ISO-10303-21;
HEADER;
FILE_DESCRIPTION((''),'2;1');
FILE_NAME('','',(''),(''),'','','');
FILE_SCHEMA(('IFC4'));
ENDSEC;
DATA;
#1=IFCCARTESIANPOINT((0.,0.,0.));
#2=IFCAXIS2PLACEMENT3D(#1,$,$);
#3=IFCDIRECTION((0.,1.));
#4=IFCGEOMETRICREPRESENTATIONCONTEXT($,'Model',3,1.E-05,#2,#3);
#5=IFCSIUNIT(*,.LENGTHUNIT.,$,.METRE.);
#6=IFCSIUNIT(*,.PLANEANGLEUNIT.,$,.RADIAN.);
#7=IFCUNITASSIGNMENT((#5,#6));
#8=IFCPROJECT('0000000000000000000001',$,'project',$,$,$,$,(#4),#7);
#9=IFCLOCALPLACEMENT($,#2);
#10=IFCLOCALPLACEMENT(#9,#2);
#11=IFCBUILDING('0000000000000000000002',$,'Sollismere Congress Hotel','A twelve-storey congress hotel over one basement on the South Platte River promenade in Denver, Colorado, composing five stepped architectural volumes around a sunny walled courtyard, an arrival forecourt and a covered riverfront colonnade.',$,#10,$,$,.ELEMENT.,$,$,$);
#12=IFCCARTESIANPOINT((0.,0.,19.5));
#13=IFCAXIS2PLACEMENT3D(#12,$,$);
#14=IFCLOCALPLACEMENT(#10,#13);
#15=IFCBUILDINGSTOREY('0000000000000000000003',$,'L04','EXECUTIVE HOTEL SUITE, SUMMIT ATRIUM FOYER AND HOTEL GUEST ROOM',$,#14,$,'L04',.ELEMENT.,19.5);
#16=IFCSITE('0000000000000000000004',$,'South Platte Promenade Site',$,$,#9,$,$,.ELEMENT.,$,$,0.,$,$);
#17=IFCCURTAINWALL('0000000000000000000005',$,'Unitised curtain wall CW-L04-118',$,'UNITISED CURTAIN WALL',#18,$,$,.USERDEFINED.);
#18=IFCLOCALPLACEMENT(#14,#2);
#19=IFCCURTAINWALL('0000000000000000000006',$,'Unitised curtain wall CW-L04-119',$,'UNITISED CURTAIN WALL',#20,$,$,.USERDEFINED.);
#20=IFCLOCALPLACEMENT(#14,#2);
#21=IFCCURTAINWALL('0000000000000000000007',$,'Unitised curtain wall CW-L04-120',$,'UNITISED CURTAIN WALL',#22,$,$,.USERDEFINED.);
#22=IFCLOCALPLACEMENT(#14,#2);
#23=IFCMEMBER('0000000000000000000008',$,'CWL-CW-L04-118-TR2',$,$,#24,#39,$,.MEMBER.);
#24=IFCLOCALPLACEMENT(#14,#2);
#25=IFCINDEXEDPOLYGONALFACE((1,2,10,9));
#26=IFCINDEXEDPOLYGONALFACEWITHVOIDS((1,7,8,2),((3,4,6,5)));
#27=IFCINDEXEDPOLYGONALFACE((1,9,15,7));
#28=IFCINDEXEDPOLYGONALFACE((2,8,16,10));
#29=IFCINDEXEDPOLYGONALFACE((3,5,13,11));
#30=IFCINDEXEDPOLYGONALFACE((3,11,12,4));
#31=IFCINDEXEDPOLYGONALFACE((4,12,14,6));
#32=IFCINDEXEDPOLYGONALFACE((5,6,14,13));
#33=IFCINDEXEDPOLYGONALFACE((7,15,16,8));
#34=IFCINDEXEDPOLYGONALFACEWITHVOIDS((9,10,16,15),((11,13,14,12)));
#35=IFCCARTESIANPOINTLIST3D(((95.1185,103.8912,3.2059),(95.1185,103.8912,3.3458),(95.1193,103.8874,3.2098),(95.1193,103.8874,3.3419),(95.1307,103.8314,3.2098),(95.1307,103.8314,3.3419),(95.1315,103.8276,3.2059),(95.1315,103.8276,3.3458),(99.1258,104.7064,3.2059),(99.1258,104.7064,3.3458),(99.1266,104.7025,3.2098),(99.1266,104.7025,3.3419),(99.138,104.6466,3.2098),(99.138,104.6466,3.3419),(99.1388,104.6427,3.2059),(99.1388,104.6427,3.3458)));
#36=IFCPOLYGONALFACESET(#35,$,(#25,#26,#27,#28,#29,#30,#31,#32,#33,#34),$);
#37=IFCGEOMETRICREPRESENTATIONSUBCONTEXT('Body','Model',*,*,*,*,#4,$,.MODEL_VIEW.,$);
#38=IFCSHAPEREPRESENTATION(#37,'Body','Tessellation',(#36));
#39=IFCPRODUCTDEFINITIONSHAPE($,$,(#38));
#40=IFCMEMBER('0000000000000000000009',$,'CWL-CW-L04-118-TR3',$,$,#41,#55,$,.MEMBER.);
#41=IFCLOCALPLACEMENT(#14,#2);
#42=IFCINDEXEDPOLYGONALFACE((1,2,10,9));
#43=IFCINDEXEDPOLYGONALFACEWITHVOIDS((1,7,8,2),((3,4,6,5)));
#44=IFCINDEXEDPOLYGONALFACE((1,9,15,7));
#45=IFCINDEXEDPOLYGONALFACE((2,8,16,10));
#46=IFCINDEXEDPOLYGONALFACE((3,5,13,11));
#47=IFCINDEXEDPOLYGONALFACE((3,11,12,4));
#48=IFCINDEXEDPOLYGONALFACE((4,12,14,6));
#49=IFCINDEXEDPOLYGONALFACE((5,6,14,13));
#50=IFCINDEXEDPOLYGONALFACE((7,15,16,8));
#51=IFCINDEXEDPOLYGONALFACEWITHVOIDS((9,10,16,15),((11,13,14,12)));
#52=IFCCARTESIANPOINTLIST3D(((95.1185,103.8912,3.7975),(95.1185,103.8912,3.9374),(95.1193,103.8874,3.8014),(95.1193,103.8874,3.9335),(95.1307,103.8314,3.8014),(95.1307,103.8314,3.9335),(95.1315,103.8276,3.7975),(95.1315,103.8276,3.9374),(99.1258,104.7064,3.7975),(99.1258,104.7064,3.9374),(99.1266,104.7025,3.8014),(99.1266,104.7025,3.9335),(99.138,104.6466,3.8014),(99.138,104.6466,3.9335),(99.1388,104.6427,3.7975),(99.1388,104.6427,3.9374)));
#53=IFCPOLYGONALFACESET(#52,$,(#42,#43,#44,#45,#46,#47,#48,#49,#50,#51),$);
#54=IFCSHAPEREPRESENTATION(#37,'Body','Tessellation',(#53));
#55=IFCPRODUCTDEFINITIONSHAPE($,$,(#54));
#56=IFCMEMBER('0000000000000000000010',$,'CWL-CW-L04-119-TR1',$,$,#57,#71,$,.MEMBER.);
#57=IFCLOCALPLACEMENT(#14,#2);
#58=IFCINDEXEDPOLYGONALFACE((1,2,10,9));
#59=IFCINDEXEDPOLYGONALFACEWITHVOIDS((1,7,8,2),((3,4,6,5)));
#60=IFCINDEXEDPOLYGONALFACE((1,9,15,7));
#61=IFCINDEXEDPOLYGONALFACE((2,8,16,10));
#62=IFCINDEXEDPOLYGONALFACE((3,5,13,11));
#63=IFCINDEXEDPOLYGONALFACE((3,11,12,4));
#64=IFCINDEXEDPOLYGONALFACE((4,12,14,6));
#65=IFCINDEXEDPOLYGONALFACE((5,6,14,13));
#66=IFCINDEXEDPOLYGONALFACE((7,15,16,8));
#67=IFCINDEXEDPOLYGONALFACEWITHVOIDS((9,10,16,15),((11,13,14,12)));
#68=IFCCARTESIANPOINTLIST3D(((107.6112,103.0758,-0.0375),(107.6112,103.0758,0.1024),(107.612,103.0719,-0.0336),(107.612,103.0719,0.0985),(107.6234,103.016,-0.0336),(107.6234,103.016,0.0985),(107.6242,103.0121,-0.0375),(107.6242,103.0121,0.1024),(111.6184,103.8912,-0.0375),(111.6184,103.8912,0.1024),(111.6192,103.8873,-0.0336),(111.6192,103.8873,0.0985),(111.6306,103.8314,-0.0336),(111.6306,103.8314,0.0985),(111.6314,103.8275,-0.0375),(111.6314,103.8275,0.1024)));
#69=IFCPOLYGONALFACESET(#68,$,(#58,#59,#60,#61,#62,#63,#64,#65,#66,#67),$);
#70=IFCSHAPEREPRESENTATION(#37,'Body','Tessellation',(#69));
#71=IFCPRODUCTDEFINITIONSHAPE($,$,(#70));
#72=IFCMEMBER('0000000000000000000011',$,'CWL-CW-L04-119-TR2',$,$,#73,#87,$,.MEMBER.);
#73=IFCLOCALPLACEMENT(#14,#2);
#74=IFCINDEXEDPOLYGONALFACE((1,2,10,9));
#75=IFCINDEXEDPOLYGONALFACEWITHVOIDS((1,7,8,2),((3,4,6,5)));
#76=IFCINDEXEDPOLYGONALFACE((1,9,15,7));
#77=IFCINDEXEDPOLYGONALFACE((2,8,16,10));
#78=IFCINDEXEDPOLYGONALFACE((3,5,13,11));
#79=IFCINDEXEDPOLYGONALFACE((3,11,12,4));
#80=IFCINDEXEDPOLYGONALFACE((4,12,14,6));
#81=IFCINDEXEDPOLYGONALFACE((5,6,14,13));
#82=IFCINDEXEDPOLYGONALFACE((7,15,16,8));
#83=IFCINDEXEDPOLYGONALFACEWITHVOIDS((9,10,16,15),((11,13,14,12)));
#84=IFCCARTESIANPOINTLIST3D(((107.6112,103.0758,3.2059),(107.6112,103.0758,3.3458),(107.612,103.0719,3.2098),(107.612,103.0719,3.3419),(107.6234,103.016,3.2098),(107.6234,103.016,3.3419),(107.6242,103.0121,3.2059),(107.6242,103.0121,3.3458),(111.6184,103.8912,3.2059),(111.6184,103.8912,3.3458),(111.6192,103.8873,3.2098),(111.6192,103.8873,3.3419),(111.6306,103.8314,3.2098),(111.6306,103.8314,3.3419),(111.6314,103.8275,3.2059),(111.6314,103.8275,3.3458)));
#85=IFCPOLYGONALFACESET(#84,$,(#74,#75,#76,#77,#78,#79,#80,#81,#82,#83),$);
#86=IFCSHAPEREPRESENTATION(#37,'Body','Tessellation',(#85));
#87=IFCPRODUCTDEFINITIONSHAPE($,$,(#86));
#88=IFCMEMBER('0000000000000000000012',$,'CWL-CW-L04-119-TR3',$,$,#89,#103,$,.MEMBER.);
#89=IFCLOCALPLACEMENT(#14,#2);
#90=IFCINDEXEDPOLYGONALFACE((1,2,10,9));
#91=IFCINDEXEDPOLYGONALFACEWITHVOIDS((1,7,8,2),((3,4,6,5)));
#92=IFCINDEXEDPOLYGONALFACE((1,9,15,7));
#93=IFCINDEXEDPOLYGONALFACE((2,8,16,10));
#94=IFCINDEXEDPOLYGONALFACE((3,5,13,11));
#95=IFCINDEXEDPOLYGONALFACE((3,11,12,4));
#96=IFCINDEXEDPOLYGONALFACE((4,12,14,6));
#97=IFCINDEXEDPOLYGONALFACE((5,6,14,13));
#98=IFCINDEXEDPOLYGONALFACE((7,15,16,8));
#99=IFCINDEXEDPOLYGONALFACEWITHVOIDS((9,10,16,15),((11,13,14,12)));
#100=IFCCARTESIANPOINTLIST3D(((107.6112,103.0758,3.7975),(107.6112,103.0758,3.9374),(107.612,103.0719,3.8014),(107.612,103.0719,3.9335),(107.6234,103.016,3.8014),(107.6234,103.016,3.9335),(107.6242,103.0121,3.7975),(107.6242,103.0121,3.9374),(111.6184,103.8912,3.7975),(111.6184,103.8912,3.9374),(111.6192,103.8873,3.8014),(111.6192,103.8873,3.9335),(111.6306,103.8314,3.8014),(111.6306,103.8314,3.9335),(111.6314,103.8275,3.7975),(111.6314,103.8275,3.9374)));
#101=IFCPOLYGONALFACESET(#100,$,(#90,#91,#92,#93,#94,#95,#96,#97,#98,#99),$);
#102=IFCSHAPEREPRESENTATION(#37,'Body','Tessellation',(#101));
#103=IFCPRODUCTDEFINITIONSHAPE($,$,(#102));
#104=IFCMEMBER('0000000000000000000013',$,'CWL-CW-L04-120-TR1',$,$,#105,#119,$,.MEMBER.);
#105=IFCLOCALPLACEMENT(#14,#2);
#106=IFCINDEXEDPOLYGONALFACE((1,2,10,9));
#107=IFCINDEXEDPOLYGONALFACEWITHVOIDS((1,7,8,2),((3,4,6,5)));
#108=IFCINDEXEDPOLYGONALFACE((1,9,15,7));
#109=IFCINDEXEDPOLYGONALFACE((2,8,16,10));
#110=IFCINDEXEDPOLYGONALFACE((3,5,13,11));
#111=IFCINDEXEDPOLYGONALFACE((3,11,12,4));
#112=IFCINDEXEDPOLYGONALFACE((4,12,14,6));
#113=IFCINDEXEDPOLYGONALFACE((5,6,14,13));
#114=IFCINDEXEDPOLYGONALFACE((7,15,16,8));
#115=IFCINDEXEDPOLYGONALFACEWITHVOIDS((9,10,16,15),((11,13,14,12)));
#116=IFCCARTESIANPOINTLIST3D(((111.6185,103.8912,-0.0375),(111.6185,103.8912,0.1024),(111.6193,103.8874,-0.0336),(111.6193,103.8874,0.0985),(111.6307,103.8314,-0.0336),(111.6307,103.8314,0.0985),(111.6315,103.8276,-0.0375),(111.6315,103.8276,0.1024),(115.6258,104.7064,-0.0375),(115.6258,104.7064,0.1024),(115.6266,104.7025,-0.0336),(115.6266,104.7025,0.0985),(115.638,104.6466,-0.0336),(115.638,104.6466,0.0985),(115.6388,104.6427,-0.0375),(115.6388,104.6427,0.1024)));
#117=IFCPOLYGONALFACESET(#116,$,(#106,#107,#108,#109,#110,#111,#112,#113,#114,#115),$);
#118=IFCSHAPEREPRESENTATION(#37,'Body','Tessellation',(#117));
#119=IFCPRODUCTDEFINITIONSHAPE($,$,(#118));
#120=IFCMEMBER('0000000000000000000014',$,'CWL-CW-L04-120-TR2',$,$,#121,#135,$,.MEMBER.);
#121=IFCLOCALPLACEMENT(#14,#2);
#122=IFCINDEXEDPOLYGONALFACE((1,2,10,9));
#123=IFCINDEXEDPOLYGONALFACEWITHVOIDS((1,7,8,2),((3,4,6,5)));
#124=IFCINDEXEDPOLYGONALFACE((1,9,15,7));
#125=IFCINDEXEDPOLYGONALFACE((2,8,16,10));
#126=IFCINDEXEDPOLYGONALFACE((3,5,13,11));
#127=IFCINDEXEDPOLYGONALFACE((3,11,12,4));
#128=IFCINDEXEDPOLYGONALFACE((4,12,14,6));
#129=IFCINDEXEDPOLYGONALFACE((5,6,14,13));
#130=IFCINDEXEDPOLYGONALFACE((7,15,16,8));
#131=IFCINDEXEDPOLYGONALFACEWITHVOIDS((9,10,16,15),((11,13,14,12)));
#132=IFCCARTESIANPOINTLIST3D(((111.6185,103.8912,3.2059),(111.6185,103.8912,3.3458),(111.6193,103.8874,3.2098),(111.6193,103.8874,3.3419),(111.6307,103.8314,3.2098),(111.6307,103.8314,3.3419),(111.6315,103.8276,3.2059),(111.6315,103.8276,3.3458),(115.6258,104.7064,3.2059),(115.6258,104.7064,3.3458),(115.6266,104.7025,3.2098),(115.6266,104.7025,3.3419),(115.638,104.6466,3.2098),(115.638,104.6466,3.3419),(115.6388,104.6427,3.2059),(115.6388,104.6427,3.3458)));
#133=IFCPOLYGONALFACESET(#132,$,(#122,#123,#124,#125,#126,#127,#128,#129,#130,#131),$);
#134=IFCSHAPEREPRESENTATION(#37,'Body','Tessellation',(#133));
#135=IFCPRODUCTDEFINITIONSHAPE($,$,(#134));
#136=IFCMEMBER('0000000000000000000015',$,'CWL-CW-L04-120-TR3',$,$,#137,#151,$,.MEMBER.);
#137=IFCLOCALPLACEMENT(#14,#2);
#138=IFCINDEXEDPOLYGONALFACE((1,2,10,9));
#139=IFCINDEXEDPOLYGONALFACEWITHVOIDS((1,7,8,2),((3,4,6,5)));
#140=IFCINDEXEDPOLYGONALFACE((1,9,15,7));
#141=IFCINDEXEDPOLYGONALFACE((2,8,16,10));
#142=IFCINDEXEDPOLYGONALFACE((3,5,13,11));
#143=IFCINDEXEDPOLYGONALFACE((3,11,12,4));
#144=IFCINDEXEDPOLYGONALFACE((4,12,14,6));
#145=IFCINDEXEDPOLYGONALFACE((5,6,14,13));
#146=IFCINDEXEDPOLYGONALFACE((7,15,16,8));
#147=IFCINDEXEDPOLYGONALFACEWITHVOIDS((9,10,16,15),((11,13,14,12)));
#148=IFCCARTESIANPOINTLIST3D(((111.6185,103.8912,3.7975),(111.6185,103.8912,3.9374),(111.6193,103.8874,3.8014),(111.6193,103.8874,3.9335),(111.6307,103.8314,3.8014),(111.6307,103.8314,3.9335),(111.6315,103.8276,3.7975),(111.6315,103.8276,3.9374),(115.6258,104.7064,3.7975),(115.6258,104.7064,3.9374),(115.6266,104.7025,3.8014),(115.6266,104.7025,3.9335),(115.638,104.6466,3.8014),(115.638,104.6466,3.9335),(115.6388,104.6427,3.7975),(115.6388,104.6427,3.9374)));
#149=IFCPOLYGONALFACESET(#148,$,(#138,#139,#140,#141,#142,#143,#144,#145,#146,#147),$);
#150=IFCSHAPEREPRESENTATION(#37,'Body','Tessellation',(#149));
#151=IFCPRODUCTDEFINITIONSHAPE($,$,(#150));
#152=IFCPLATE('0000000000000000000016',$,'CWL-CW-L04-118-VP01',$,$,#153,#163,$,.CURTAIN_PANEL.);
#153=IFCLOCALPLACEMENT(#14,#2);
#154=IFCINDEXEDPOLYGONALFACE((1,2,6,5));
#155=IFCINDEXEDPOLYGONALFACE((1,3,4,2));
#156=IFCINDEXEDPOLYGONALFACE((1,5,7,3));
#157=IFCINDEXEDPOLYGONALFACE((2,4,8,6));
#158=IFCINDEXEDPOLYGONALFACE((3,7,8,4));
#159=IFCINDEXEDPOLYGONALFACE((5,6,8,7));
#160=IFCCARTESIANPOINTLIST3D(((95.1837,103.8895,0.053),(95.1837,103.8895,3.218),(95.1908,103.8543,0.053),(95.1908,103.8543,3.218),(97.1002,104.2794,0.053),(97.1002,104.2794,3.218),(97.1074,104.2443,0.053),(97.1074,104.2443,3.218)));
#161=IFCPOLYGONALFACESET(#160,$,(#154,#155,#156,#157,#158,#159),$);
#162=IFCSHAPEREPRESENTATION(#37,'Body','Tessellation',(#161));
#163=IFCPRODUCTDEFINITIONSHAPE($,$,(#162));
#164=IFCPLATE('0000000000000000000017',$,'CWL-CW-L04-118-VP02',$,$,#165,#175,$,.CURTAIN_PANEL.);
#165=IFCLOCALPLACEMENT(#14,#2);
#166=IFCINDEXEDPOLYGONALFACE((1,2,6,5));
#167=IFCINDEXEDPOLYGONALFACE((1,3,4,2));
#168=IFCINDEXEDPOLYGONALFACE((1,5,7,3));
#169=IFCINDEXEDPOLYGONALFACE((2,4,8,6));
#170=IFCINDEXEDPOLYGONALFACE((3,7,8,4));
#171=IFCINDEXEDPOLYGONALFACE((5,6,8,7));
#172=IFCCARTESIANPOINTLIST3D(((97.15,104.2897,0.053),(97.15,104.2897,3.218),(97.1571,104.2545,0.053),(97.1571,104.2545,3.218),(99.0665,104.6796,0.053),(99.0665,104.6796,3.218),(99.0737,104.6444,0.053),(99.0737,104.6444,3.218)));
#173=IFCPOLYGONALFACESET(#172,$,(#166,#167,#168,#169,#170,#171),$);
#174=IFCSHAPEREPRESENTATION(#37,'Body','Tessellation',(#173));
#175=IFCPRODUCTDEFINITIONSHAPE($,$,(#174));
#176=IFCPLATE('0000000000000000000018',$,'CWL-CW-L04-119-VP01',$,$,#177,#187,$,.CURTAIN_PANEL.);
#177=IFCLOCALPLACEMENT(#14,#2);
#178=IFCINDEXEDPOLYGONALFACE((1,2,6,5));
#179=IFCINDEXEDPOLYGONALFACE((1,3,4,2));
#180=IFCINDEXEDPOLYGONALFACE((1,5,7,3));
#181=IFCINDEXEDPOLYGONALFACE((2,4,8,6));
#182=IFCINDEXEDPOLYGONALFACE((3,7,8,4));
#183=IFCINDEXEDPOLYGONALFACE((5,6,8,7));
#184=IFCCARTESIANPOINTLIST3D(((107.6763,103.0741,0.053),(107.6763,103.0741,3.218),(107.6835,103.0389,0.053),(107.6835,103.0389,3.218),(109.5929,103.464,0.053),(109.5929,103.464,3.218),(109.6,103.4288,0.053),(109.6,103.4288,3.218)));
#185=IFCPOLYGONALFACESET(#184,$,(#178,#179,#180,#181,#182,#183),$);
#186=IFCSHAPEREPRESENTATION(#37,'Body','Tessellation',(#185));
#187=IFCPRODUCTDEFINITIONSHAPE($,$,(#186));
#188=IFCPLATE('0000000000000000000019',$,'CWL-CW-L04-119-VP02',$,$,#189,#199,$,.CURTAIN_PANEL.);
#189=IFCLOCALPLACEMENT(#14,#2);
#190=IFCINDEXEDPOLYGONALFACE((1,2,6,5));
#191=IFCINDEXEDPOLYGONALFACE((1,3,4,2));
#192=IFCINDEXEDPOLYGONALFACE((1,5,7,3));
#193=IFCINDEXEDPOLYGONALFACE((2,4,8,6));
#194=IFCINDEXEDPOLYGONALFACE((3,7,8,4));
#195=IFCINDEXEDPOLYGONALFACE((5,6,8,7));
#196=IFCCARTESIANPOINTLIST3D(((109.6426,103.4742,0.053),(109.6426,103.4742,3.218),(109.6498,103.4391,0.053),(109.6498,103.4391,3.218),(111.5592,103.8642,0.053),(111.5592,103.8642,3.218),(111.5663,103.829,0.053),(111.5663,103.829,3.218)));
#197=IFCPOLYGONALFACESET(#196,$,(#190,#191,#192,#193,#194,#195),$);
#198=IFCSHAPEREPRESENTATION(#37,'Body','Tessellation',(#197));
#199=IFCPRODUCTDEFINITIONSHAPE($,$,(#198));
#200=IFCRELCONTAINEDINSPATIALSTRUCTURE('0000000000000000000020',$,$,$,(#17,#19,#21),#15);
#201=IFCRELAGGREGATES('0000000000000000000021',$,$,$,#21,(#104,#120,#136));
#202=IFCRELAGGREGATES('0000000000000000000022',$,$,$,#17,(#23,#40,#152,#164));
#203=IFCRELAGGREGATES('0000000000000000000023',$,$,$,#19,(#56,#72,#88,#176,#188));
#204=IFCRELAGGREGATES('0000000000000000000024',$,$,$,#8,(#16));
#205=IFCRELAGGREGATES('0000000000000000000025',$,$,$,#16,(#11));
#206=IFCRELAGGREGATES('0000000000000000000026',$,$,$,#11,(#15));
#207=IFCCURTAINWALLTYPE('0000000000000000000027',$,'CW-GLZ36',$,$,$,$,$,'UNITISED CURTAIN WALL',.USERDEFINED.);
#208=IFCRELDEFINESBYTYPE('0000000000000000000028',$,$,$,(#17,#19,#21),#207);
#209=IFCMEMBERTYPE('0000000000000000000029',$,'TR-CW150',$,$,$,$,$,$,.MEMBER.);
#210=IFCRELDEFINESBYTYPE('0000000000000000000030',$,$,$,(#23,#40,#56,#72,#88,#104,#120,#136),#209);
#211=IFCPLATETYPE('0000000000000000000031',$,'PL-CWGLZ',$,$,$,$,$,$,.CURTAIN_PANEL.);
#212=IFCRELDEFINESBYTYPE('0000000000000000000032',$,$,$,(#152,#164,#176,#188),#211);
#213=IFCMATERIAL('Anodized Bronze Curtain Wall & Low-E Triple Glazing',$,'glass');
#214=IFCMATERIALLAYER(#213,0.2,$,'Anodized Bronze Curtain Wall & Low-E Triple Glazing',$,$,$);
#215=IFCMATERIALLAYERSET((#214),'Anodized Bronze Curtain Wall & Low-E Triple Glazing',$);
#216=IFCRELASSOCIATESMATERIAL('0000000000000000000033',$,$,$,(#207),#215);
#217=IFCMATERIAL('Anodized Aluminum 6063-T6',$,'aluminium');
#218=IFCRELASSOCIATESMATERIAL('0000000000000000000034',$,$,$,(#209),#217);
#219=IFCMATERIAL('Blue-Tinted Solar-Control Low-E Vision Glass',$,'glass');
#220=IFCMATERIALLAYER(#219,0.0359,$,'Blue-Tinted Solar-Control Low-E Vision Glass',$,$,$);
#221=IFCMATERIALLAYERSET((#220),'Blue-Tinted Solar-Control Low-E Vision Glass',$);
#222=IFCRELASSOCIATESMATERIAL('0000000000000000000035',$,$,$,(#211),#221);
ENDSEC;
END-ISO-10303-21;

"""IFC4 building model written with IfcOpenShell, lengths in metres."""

from ifc_helpers import new_model, si_unit, direction, frame, origin, origin_2d, place, context, subcontext, project, spatial, rectangle, hollow_rectangle, extrude, material, layer, layer_set, material_profile, profile_set, type_object, element, aggregate, save


model = new_model("IFC4")

# Units and contexts
model_context = context("Model", 3, precision=1e-05, world=origin(), true_north=direction((0.0, 1.0)))
body_context = subcontext(model_context, "Body", "Model", "MODEL_VIEW")
ifc_project = project(units=[si_unit("LENGTHUNIT", "METRE"), si_unit("PLANEANGLEUNIT", "RADIAN")], contexts=[model_context])

# Site, building, storey
site_placement = place(None, origin())
site = spatial("IfcSite", under=ifc_project, at=site_placement, Name="South Platte Promenade Site", CompositionType="ELEMENT", RefElevation=0.0)
building_placement = place(site_placement, origin())
building = spatial("IfcBuilding", under=site, at=building_placement, Name="Sollismere Congress Hotel", Description="A twelve-storey congress hotel over one basement on the South Platte River promenade in Denver, Colorado, composing five stepped architectural volumes around a sunny walled courtyard, an arrival forecourt and a covered riverfront colonnade.", CompositionType="ELEMENT")
storey_placement = place(building_placement, frame((0.0, 0.0, 19.5)))
storey = spatial("IfcBuildingStorey", under=building, at=storey_placement, Name="L04", Description="EXECUTIVE HOTEL SUITE, SUMMIT ATRIUM FOYER AND HOTEL GUEST ROOM", LongName="L04", CompositionType="ELEMENT", Elevation=19.5)

# Shared definitions
ifc_material_1 = material(Name="Anodized Bronze Curtain Wall & Low-E Triple Glazing", Category="glass")
ifc_layer_1 = layer(ifc_material_1, 0.2, Name="Anodized Bronze Curtain Wall & Low-E Triple Glazing")
ifc_layer_set_1 = layer_set([ifc_layer_1], Name="Anodized Bronze Curtain Wall & Low-E Triple Glazing")
curtain_wall_type = type_object("IfcCurtainWallType", Name="CW-GLZ36", ElementType="UNITISED CURTAIN WALL", PredefinedType="USERDEFINED", material=ifc_layer_set_1)
ifc_material_2 = material(Name="Anodized Aluminum 6063-T6", Category="aluminium")

# Curtain walls
curtain_wall_1_placement = place(storey_placement, origin())
curtain_wall_1 = element("IfcCurtainWall", 1, at=curtain_wall_1_placement, inside=storey, type_object=curtain_wall_type, Name="Unitised curtain wall CW-L04-118", ObjectType="UNITISED CURTAIN WALL", PredefinedType="USERDEFINED")
curtain_wall_2_placement = place(storey_placement, origin())
curtain_wall_2 = element("IfcCurtainWall", 2, at=curtain_wall_2_placement, inside=storey, type_object=curtain_wall_type, Name="Unitised curtain wall CW-L04-119", ObjectType="UNITISED CURTAIN WALL", PredefinedType="USERDEFINED")

# Curtain wall
curtain_wall_3_placement = place(storey_placement, origin())
curtain_wall_3 = element("IfcCurtainWall", 3, at=curtain_wall_3_placement, inside=storey, type_object=curtain_wall_type, Name="Unitised curtain wall CW-L04-120", ObjectType="UNITISED CURTAIN WALL", PredefinedType="USERDEFINED")

# Members
ifc_material_profile_1 = material_profile(ifc_material_2, hollow_rectangle(XDim=0.0649, YDim=0.1399, WallThickness=0.0039, at=origin_2d()), Name="ALU140X65X4")
ifc_profile_set_1 = profile_set([ifc_material_profile_1], Name="Anodized Aluminum 6063-T6")
member_type_1 = type_object("IfcMemberType", Name="TR-CW150", PredefinedType="MEMBER", material=ifc_profile_set_1)
member_1_placement = place(storey_placement, frame((95.125, 103.8594, 3.2759), z_axis=(0.97993, 0.199341, 0.0), x_axis=(-0.199341, 0.97993, 0.0)))
member_1 = element("IfcMember", 4, at=member_1_placement, type_object=member_type_1, Name="CWL-CW-L04-118-TR2", PredefinedType="MEMBER", context=body_context, shape_type="SweptSolid", body=[
    extrude(hollow_rectangle(XDim=0.0649, YDim=0.1399, WallThickness=0.0039, at=origin_2d()), origin(), (0.0, 0.0, 1.0), 4.0894),
])
member_2_placement = place(storey_placement, frame((95.125, 103.8594, 3.8674), z_axis=(0.97993, 0.199341, 0.0), x_axis=(-0.199341, 0.97993, 0.0)))
member_2 = element("IfcMember", 5, at=member_2_placement, type_object=member_type_1, Name="CWL-CW-L04-118-TR3", PredefinedType="MEMBER", context=body_context, shape_type="SweptSolid", body=[
    extrude(hollow_rectangle(XDim=0.0649, YDim=0.1399, WallThickness=0.0039, at=origin_2d()), origin(), (0.0, 0.0, 1.0), 4.0894),
])
member_3_placement = place(storey_placement, frame((107.6177, 103.0439, 0.0325), z_axis=(0.979918, 0.199399, 0.0), x_axis=(-0.199399, 0.979918, 0.0)))
member_3 = element("IfcMember", 6, at=member_3_placement, type_object=member_type_1, Name="CWL-CW-L04-119-TR1", PredefinedType="MEMBER", context=body_context, shape_type="SweptSolid", body=[
    extrude(hollow_rectangle(XDim=0.0649, YDim=0.1399, WallThickness=0.0039, at=origin_2d()), origin(), (0.0, 0.0, 1.0), 4.0894),
])
member_4_placement = place(storey_placement, frame((107.6177, 103.0439, 3.2759), z_axis=(0.979918, 0.199399, 0.0), x_axis=(-0.199399, 0.979918, 0.0)))
member_4 = element("IfcMember", 7, at=member_4_placement, type_object=member_type_1, Name="CWL-CW-L04-119-TR2", PredefinedType="MEMBER", context=body_context, shape_type="SweptSolid", body=[
    extrude(hollow_rectangle(XDim=0.0649, YDim=0.1399, WallThickness=0.0039, at=origin_2d()), origin(), (0.0, 0.0, 1.0), 4.0894),
])
member_5_placement = place(storey_placement, frame((107.6177, 103.0439, 3.8674), z_axis=(0.979918, 0.199399, 0.0), x_axis=(-0.199399, 0.979918, 0.0)))
member_5 = element("IfcMember", 8, at=member_5_placement, type_object=member_type_1, Name="CWL-CW-L04-119-TR3", PredefinedType="MEMBER", context=body_context, shape_type="SweptSolid", body=[
    extrude(hollow_rectangle(XDim=0.0649, YDim=0.1399, WallThickness=0.0039, at=origin_2d()), origin(), (0.0, 0.0, 1.0), 4.0894),
])
member_6_placement = place(storey_placement, frame((111.625, 103.8594, 0.0325), z_axis=(0.97993, 0.199341, 0.0), x_axis=(-0.199341, 0.97993, 0.0)))
member_6 = element("IfcMember", 9, at=member_6_placement, type_object=member_type_1, Name="CWL-CW-L04-120-TR1", PredefinedType="MEMBER", context=body_context, shape_type="SweptSolid", body=[
    extrude(hollow_rectangle(XDim=0.0649, YDim=0.1399, WallThickness=0.0039, at=origin_2d()), origin(), (0.0, 0.0, 1.0), 4.0894),
])
member_7_placement = place(storey_placement, frame((111.625, 103.8594, 3.2759), z_axis=(0.97993, 0.199341, 0.0), x_axis=(-0.199341, 0.97993, 0.0)))
member_7 = element("IfcMember", 10, at=member_7_placement, type_object=member_type_1, Name="CWL-CW-L04-120-TR2", PredefinedType="MEMBER", context=body_context, shape_type="SweptSolid", body=[
    extrude(hollow_rectangle(XDim=0.0649, YDim=0.1399, WallThickness=0.0039, at=origin_2d()), origin(), (0.0, 0.0, 1.0), 4.0894),
])
member_8_placement = place(storey_placement, frame((111.625, 103.8594, 3.8674), z_axis=(0.97993, 0.199341, 0.0), x_axis=(-0.199341, 0.97993, 0.0)))
member_8 = element("IfcMember", 11, at=member_8_placement, type_object=member_type_1, Name="CWL-CW-L04-120-TR3", PredefinedType="MEMBER", context=body_context, shape_type="SweptSolid", body=[
    extrude(hollow_rectangle(XDim=0.0649, YDim=0.1399, WallThickness=0.0039, at=origin_2d()), origin(), (0.0, 0.0, 1.0), 4.0894),
])
aggregate(curtain_wall_3, [member_6, member_7, member_8])

# Plates
ifc_material_3 = material(Name="Blue-Tinted Solar-Control Low-E Vision Glass", Category="glass")
ifc_layer_2 = layer(ifc_material_3, 0.0359, Name="Blue-Tinted Solar-Control Low-E Vision Glass")
ifc_layer_set_2 = layer_set([ifc_layer_2], Name="Blue-Tinted Solar-Control Low-E Vision Glass")
plate_type_1 = type_object("IfcPlateType", Name="PL-CWGLZ", PredefinedType="CURTAIN_PANEL", material=ifc_layer_set_2)
plate_1_placement = place(storey_placement, frame((96.1455, 104.0669, 0.053), z_axis=(0.0, 0.0, 1.0), x_axis=(0.979925, 0.199368, 0.0)))
plate_1 = element("IfcPlate", 12, at=plate_1_placement, type_object=plate_type_1, Name="CWL-CW-L04-118-VP01", PredefinedType="CURTAIN_PANEL", context=body_context, shape_type="SweptSolid", body=[
    extrude(rectangle(XDim=1.9558, YDim=0.0359, at=origin_2d()), origin(), (0.0, 0.0, 1.0), 3.165),
])
plate_2_placement = place(storey_placement, frame((98.1118, 104.467, 0.053), z_axis=(0.0, 0.0, 1.0), x_axis=(0.979925, 0.199368, 0.0)))
plate_2 = element("IfcPlate", 13, at=plate_2_placement, type_object=plate_type_1, Name="CWL-CW-L04-118-VP02", PredefinedType="CURTAIN_PANEL", context=body_context, shape_type="SweptSolid", body=[
    extrude(rectangle(XDim=1.9558, YDim=0.0359, at=origin_2d()), origin(), (0.0, 0.0, 1.0), 3.165),
])
plate_3_placement = place(storey_placement, frame((108.6382, 103.2515, 0.053), z_axis=(0.0, 0.0, 1.0), x_axis=(0.979925, 0.199368, 0.0)))
plate_3 = element("IfcPlate", 14, at=plate_3_placement, type_object=plate_type_1, Name="CWL-CW-L04-119-VP01", PredefinedType="CURTAIN_PANEL", context=body_context, shape_type="SweptSolid", body=[
    extrude(rectangle(XDim=1.9558, YDim=0.0359, at=origin_2d()), origin(), (0.0, 0.0, 1.0), 3.165),
])
plate_4_placement = place(storey_placement, frame((110.6045, 103.6516, 0.053), z_axis=(0.0, 0.0, 1.0), x_axis=(0.979925, 0.199368, 0.0)))
plate_4 = element("IfcPlate", 15, at=plate_4_placement, type_object=plate_type_1, Name="CWL-CW-L04-119-VP02", PredefinedType="CURTAIN_PANEL", context=body_context, shape_type="SweptSolid", body=[
    extrude(rectangle(XDim=1.9558, YDim=0.0359, at=origin_2d()), origin(), (0.0, 0.0, 1.0), 3.165),
])
aggregate(curtain_wall_1, [member_1, member_2, plate_1, plate_2])
aggregate(curtain_wall_2, [member_3, member_4, member_5, plate_3, plate_4])

save(model, "model.ifc")
